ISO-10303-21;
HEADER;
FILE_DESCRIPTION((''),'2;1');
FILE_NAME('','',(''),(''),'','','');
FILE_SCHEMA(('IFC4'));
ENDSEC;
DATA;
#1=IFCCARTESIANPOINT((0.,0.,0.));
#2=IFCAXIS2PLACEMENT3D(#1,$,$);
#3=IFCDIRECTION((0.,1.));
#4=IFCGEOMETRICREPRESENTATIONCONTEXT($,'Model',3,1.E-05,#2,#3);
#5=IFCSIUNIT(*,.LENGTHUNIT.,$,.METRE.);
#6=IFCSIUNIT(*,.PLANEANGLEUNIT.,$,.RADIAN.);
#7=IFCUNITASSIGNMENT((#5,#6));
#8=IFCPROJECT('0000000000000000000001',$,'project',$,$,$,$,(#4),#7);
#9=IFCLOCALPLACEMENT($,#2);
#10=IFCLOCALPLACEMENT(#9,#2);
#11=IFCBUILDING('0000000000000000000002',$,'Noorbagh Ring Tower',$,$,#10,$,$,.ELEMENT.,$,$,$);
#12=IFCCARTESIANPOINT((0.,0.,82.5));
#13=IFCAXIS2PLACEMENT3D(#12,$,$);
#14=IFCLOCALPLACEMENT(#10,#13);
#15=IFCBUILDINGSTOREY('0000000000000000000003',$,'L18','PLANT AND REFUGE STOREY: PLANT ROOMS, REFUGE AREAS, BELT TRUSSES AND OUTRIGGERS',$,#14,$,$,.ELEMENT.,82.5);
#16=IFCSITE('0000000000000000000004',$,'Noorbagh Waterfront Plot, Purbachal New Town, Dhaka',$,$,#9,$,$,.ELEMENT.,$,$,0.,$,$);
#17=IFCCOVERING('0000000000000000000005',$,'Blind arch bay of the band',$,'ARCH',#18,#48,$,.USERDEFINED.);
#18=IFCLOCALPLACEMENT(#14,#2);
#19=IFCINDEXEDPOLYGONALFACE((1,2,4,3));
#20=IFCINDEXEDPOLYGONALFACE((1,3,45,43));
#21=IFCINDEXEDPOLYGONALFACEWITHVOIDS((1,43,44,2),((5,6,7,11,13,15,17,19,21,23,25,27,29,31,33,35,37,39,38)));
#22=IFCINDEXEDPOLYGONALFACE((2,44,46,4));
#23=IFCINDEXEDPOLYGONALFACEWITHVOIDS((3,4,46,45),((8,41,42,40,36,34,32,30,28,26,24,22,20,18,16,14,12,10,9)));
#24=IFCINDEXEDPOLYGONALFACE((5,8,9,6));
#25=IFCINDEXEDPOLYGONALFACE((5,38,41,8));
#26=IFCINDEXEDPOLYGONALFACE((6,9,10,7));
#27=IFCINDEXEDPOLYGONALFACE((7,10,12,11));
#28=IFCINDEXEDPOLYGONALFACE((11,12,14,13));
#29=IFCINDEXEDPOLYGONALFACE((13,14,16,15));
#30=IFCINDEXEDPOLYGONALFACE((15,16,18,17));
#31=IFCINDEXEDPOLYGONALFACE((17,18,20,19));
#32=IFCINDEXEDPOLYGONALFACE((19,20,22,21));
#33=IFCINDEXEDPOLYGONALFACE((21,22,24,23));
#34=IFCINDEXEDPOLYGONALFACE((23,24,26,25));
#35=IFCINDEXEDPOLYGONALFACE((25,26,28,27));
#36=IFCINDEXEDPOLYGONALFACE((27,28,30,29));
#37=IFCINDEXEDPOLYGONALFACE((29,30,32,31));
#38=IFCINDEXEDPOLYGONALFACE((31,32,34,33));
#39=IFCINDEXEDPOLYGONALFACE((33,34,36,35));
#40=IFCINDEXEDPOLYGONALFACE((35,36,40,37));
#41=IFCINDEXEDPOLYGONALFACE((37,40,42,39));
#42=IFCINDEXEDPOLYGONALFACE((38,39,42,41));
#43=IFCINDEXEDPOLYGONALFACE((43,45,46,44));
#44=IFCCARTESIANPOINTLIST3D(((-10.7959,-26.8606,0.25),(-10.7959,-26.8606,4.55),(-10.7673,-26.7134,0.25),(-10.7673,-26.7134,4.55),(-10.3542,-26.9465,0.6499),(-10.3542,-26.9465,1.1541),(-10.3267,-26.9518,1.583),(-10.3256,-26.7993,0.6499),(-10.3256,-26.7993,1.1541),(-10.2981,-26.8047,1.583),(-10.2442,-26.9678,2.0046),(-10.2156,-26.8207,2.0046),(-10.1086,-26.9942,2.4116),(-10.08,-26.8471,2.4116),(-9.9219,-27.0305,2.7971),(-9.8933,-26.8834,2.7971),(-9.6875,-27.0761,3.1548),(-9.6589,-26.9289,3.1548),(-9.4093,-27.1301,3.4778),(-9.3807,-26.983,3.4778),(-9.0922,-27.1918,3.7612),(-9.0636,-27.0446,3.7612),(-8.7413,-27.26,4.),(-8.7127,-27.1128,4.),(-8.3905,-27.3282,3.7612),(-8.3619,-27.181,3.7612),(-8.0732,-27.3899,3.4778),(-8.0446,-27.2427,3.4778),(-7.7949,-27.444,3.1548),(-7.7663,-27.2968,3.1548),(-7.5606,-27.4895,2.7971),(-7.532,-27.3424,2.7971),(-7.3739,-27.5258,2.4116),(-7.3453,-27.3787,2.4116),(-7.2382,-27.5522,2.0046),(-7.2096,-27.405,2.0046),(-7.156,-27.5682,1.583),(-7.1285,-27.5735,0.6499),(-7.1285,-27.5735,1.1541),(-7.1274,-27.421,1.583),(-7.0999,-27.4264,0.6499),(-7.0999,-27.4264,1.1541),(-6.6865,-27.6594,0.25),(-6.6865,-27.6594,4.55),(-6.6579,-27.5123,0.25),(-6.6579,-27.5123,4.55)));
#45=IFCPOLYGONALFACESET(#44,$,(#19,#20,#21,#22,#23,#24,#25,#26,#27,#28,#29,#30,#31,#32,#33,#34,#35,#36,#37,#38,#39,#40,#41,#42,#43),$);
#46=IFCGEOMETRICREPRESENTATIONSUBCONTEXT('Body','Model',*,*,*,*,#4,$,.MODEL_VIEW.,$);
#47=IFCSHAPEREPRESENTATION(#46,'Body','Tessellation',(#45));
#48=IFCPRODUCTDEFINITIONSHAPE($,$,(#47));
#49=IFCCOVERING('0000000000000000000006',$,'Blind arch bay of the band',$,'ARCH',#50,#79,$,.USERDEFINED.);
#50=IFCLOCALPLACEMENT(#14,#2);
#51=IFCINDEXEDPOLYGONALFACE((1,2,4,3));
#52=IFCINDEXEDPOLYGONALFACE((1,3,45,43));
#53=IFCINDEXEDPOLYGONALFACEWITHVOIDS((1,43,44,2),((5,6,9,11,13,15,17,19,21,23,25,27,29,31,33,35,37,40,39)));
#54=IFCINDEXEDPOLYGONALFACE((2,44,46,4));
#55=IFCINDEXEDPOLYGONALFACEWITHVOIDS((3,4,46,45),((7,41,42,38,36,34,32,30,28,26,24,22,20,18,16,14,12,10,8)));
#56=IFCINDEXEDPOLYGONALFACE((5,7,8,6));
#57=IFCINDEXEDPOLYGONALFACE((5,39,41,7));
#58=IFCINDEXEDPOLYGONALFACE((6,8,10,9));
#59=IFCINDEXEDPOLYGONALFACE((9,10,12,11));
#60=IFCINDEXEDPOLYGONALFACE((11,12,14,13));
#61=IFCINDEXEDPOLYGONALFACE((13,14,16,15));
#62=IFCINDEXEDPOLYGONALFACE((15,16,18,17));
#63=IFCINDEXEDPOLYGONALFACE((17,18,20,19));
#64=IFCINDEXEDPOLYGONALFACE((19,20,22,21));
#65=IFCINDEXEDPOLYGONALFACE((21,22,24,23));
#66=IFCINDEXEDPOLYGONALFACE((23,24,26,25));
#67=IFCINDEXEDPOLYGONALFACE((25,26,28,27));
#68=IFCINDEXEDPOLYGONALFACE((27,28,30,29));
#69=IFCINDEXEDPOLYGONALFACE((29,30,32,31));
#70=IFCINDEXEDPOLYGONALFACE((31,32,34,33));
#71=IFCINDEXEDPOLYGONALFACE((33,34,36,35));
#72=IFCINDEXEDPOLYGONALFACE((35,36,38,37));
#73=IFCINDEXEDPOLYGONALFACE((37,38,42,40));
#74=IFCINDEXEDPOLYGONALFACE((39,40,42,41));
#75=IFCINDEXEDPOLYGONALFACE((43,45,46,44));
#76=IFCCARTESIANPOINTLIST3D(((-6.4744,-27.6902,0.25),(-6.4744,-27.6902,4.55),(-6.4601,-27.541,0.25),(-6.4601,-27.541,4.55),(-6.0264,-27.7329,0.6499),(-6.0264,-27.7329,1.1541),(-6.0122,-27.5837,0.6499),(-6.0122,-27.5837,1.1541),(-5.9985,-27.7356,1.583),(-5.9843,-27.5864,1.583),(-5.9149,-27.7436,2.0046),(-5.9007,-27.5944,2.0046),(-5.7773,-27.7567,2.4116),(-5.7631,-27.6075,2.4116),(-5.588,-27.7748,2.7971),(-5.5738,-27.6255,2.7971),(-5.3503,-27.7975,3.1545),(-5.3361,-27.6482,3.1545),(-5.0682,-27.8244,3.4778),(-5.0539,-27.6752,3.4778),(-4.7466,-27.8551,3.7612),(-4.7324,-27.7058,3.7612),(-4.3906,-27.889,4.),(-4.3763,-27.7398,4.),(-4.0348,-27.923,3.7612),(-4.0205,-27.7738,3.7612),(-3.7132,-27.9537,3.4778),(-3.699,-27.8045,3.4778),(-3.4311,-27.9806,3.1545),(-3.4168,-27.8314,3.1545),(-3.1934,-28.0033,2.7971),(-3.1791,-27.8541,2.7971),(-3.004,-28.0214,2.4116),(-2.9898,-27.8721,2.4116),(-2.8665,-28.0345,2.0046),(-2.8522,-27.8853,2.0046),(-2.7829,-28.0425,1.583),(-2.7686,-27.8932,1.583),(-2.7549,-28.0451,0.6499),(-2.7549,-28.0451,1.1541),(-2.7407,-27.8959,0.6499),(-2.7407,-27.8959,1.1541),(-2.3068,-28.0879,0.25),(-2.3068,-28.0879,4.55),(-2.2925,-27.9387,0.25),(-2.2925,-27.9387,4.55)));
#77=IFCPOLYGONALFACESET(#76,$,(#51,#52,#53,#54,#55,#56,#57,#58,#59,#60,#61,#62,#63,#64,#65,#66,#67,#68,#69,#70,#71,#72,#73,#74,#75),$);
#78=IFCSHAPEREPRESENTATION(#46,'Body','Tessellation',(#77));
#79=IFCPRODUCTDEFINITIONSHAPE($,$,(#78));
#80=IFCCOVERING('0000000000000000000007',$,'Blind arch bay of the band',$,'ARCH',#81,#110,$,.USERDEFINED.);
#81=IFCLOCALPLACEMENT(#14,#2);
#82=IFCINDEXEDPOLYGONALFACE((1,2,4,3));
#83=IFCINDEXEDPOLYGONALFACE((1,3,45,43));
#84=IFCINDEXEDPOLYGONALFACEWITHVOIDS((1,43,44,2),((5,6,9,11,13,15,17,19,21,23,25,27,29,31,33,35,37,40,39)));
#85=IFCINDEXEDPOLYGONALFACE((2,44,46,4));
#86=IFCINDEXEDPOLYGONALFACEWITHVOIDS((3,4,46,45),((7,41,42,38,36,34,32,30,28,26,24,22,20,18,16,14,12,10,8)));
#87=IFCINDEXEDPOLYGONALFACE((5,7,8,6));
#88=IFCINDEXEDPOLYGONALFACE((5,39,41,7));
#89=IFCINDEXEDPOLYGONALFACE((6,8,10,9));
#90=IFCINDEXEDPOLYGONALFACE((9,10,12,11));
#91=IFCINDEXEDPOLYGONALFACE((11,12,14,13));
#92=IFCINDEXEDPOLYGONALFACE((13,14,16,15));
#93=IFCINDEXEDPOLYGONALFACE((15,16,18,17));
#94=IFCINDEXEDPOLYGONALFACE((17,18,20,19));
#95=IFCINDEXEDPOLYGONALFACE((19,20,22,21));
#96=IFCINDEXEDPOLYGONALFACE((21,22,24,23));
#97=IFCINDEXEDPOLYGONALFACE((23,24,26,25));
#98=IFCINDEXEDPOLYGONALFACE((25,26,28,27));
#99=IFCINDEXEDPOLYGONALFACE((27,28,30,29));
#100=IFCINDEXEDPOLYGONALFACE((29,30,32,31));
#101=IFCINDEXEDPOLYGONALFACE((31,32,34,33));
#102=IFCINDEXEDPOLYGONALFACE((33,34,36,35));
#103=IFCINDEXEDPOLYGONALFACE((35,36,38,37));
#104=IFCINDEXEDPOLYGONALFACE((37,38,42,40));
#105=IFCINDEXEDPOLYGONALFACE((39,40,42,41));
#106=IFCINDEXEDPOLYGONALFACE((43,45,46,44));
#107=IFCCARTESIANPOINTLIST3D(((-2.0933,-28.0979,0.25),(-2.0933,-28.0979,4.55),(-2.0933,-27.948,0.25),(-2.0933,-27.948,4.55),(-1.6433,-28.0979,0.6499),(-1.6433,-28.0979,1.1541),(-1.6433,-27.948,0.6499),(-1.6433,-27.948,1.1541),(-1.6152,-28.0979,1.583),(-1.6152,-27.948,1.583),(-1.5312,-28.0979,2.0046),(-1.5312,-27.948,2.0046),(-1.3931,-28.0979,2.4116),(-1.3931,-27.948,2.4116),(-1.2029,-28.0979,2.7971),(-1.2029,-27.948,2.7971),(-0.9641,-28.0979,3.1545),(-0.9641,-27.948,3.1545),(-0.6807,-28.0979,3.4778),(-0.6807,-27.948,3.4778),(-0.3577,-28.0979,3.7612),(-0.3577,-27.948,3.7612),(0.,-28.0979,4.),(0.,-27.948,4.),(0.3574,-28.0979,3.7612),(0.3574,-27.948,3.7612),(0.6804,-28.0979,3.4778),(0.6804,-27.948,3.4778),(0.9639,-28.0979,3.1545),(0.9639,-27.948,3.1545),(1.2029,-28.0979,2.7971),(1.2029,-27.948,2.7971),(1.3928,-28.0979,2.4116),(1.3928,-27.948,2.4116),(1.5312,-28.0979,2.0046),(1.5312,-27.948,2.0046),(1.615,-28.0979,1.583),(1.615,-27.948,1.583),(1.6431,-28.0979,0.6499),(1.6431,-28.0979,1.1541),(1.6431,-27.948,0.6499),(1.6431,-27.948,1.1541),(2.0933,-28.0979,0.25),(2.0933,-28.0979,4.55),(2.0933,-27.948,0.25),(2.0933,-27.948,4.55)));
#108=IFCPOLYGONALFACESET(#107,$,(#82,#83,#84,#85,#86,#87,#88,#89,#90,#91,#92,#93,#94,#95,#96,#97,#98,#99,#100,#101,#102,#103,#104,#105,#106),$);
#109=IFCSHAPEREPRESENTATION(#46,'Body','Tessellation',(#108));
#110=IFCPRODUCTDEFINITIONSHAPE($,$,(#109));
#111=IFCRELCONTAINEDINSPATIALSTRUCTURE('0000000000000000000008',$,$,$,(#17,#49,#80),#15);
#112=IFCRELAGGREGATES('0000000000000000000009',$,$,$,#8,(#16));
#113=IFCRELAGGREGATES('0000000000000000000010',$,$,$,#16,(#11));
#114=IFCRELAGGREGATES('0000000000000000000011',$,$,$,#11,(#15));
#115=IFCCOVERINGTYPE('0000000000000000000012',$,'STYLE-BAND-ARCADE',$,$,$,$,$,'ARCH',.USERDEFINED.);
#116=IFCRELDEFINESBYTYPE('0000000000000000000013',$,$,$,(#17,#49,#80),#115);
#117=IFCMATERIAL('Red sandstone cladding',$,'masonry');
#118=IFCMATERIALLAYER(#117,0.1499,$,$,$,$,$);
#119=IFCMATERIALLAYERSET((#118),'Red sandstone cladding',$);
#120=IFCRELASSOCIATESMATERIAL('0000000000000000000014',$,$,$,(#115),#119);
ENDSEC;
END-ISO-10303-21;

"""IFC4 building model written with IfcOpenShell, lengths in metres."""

from ifc_helpers import new_model, si_unit, direction, frame, origin, place, context, subcontext, project, spatial, polyline, outline, extrude, material, layer, layer_set, type_object, element, save


model = new_model("IFC4")

# Units and contexts
model_context = context("Model", 3, precision=1e-05, world=origin(), true_north=direction((0.0, 1.0)))
body_context = subcontext(model_context, "Body", "Model", "MODEL_VIEW")
ifc_project = project(units=[si_unit("LENGTHUNIT", "METRE"), si_unit("PLANEANGLEUNIT", "RADIAN")], contexts=[model_context])

# Site, building, storey
site_placement = place(None, origin())
site = spatial("IfcSite", under=ifc_project, at=site_placement, Name="Noorbagh Waterfront Plot, Purbachal New Town, Dhaka", CompositionType="ELEMENT", RefElevation=0.0)
building_placement = place(site_placement, origin())
building = spatial("IfcBuilding", under=site, at=building_placement, Name="Noorbagh Ring Tower", CompositionType="ELEMENT")
storey_placement = place(building_placement, frame((0.0, 0.0, 82.5)))
storey = spatial("IfcBuildingStorey", under=building, at=storey_placement, Name="L18", Description="PLANT AND REFUGE STOREY: PLANT ROOMS, REFUGE AREAS, BELT TRUSSES AND OUTRIGGERS", CompositionType="ELEMENT", Elevation=82.5)

# Coverings
ifc_material_1 = material(Name="Red sandstone cladding", Category="masonry")
ifc_layer_1 = layer(ifc_material_1, 0.1499)
ifc_layer_set_1 = layer_set([ifc_layer_1], Name="Red sandstone cladding")
covering_type_1 = type_object("IfcCoveringType", Name="STYLE-BAND-ARCADE", ElementType="ARCH", PredefinedType="USERDEFINED", material=ifc_layer_set_1)
covering_1_placement = place(storey_placement, frame((-10.7959, -26.8606, 0.25), z_axis=(-0.19082, -0.981625, 0.0), x_axis=(0.981625, -0.19082, 0.0)))
element("IfcCovering", 1, at=covering_1_placement, inside=storey, type_object=covering_type_1, Name="Blind arch bay of the band", ObjectType="ARCH", PredefinedType="USERDEFINED", context=body_context, shape_type="SweptSolid", body=[
    extrude(outline(polyline([(0.0, 0.0), (4.1863, 0.0), (4.1863, 4.3), (0.0, 4.3), (0.0, 0.0)]), holes=[polyline([(0.45, 0.3999), (0.45, 0.9041), (0.478, 1.333), (0.562, 1.7546), (0.7002, 2.1616), (0.8904, 2.5471), (1.1292, 2.9048), (1.4126, 3.2278), (1.7356, 3.5112), (2.093, 3.75), (2.4504, 3.5112), (2.7737, 3.2278), (3.0571, 2.9048), (3.2959, 2.5471), (3.4861, 2.1616), (3.6243, 1.7546), (3.708, 1.333), (3.7361, 0.9041), (3.7361, 0.3999), (0.45, 0.3999)])]), origin(), (0.0, 0.0, -1.0), 0.1499),
])
covering_2_placement = place(storey_placement, frame((-6.4744, -27.6902, 0.25), z_axis=(-0.094999, -0.995477, 0.0), x_axis=(0.995477, -0.094999, 0.0)))
element("IfcCovering", 2, at=covering_2_placement, inside=storey, type_object=covering_type_1, Name="Blind arch bay of the band", ObjectType="ARCH", PredefinedType="USERDEFINED", context=body_context, shape_type="SweptSolid", body=[
    extrude(outline(polyline([(0.0, 0.0), (4.1865, 0.0), (4.1865, 4.3), (0.0, 4.3), (0.0, 0.0)]), holes=[polyline([(0.45, 0.3999), (0.45, 0.9041), (0.478, 1.333), (0.562, 1.7546), (0.7002, 2.1616), (0.8904, 2.5471), (1.1292, 2.9045), (1.4126, 3.2278), (1.7356, 3.5112), (2.0933, 3.75), (2.4507, 3.5112), (2.7737, 3.2278), (3.0571, 2.9045), (3.2959, 2.5471), (3.4861, 2.1616), (3.6243, 1.7546), (3.7083, 1.333), (3.7363, 0.9041), (3.7363, 0.3999), (0.45, 0.3999)])]), origin(), (0.0, 0.0, -1.0), 0.1499),
])
covering_3_placement = place(storey_placement, frame((-2.0933, -28.0979, 0.25), z_axis=(0.0, -1.0, 0.0), x_axis=(1.0, 0.0, 0.0)))
element("IfcCovering", 3, at=covering_3_placement, inside=storey, type_object=covering_type_1, Name="Blind arch bay of the band", ObjectType="ARCH", PredefinedType="USERDEFINED", context=body_context, shape_type="SweptSolid", body=[
    extrude(outline(polyline([(0.0, 0.0), (4.1865, 0.0), (4.1865, 4.3), (0.0, 4.3), (0.0, 0.0)]), holes=[polyline([(0.45, 0.3999), (0.45, 0.9041), (0.478, 1.333), (0.562, 1.7546), (0.7002, 2.1616), (0.8904, 2.5471), (1.1292, 2.9045), (1.4126, 3.2278), (1.7356, 3.5112), (2.0933, 3.75), (2.4507, 3.5112), (2.7737, 3.2278), (3.0571, 2.9045), (3.2961, 2.5471), (3.4861, 2.1616), (3.6245, 1.7546), (3.7083, 1.333), (3.7363, 0.9041), (3.7363, 0.3999), (0.45, 0.3999)])]), origin(), (0.0, 0.0, -1.0), 0.1499),
])

save(model, "model.ifc")
